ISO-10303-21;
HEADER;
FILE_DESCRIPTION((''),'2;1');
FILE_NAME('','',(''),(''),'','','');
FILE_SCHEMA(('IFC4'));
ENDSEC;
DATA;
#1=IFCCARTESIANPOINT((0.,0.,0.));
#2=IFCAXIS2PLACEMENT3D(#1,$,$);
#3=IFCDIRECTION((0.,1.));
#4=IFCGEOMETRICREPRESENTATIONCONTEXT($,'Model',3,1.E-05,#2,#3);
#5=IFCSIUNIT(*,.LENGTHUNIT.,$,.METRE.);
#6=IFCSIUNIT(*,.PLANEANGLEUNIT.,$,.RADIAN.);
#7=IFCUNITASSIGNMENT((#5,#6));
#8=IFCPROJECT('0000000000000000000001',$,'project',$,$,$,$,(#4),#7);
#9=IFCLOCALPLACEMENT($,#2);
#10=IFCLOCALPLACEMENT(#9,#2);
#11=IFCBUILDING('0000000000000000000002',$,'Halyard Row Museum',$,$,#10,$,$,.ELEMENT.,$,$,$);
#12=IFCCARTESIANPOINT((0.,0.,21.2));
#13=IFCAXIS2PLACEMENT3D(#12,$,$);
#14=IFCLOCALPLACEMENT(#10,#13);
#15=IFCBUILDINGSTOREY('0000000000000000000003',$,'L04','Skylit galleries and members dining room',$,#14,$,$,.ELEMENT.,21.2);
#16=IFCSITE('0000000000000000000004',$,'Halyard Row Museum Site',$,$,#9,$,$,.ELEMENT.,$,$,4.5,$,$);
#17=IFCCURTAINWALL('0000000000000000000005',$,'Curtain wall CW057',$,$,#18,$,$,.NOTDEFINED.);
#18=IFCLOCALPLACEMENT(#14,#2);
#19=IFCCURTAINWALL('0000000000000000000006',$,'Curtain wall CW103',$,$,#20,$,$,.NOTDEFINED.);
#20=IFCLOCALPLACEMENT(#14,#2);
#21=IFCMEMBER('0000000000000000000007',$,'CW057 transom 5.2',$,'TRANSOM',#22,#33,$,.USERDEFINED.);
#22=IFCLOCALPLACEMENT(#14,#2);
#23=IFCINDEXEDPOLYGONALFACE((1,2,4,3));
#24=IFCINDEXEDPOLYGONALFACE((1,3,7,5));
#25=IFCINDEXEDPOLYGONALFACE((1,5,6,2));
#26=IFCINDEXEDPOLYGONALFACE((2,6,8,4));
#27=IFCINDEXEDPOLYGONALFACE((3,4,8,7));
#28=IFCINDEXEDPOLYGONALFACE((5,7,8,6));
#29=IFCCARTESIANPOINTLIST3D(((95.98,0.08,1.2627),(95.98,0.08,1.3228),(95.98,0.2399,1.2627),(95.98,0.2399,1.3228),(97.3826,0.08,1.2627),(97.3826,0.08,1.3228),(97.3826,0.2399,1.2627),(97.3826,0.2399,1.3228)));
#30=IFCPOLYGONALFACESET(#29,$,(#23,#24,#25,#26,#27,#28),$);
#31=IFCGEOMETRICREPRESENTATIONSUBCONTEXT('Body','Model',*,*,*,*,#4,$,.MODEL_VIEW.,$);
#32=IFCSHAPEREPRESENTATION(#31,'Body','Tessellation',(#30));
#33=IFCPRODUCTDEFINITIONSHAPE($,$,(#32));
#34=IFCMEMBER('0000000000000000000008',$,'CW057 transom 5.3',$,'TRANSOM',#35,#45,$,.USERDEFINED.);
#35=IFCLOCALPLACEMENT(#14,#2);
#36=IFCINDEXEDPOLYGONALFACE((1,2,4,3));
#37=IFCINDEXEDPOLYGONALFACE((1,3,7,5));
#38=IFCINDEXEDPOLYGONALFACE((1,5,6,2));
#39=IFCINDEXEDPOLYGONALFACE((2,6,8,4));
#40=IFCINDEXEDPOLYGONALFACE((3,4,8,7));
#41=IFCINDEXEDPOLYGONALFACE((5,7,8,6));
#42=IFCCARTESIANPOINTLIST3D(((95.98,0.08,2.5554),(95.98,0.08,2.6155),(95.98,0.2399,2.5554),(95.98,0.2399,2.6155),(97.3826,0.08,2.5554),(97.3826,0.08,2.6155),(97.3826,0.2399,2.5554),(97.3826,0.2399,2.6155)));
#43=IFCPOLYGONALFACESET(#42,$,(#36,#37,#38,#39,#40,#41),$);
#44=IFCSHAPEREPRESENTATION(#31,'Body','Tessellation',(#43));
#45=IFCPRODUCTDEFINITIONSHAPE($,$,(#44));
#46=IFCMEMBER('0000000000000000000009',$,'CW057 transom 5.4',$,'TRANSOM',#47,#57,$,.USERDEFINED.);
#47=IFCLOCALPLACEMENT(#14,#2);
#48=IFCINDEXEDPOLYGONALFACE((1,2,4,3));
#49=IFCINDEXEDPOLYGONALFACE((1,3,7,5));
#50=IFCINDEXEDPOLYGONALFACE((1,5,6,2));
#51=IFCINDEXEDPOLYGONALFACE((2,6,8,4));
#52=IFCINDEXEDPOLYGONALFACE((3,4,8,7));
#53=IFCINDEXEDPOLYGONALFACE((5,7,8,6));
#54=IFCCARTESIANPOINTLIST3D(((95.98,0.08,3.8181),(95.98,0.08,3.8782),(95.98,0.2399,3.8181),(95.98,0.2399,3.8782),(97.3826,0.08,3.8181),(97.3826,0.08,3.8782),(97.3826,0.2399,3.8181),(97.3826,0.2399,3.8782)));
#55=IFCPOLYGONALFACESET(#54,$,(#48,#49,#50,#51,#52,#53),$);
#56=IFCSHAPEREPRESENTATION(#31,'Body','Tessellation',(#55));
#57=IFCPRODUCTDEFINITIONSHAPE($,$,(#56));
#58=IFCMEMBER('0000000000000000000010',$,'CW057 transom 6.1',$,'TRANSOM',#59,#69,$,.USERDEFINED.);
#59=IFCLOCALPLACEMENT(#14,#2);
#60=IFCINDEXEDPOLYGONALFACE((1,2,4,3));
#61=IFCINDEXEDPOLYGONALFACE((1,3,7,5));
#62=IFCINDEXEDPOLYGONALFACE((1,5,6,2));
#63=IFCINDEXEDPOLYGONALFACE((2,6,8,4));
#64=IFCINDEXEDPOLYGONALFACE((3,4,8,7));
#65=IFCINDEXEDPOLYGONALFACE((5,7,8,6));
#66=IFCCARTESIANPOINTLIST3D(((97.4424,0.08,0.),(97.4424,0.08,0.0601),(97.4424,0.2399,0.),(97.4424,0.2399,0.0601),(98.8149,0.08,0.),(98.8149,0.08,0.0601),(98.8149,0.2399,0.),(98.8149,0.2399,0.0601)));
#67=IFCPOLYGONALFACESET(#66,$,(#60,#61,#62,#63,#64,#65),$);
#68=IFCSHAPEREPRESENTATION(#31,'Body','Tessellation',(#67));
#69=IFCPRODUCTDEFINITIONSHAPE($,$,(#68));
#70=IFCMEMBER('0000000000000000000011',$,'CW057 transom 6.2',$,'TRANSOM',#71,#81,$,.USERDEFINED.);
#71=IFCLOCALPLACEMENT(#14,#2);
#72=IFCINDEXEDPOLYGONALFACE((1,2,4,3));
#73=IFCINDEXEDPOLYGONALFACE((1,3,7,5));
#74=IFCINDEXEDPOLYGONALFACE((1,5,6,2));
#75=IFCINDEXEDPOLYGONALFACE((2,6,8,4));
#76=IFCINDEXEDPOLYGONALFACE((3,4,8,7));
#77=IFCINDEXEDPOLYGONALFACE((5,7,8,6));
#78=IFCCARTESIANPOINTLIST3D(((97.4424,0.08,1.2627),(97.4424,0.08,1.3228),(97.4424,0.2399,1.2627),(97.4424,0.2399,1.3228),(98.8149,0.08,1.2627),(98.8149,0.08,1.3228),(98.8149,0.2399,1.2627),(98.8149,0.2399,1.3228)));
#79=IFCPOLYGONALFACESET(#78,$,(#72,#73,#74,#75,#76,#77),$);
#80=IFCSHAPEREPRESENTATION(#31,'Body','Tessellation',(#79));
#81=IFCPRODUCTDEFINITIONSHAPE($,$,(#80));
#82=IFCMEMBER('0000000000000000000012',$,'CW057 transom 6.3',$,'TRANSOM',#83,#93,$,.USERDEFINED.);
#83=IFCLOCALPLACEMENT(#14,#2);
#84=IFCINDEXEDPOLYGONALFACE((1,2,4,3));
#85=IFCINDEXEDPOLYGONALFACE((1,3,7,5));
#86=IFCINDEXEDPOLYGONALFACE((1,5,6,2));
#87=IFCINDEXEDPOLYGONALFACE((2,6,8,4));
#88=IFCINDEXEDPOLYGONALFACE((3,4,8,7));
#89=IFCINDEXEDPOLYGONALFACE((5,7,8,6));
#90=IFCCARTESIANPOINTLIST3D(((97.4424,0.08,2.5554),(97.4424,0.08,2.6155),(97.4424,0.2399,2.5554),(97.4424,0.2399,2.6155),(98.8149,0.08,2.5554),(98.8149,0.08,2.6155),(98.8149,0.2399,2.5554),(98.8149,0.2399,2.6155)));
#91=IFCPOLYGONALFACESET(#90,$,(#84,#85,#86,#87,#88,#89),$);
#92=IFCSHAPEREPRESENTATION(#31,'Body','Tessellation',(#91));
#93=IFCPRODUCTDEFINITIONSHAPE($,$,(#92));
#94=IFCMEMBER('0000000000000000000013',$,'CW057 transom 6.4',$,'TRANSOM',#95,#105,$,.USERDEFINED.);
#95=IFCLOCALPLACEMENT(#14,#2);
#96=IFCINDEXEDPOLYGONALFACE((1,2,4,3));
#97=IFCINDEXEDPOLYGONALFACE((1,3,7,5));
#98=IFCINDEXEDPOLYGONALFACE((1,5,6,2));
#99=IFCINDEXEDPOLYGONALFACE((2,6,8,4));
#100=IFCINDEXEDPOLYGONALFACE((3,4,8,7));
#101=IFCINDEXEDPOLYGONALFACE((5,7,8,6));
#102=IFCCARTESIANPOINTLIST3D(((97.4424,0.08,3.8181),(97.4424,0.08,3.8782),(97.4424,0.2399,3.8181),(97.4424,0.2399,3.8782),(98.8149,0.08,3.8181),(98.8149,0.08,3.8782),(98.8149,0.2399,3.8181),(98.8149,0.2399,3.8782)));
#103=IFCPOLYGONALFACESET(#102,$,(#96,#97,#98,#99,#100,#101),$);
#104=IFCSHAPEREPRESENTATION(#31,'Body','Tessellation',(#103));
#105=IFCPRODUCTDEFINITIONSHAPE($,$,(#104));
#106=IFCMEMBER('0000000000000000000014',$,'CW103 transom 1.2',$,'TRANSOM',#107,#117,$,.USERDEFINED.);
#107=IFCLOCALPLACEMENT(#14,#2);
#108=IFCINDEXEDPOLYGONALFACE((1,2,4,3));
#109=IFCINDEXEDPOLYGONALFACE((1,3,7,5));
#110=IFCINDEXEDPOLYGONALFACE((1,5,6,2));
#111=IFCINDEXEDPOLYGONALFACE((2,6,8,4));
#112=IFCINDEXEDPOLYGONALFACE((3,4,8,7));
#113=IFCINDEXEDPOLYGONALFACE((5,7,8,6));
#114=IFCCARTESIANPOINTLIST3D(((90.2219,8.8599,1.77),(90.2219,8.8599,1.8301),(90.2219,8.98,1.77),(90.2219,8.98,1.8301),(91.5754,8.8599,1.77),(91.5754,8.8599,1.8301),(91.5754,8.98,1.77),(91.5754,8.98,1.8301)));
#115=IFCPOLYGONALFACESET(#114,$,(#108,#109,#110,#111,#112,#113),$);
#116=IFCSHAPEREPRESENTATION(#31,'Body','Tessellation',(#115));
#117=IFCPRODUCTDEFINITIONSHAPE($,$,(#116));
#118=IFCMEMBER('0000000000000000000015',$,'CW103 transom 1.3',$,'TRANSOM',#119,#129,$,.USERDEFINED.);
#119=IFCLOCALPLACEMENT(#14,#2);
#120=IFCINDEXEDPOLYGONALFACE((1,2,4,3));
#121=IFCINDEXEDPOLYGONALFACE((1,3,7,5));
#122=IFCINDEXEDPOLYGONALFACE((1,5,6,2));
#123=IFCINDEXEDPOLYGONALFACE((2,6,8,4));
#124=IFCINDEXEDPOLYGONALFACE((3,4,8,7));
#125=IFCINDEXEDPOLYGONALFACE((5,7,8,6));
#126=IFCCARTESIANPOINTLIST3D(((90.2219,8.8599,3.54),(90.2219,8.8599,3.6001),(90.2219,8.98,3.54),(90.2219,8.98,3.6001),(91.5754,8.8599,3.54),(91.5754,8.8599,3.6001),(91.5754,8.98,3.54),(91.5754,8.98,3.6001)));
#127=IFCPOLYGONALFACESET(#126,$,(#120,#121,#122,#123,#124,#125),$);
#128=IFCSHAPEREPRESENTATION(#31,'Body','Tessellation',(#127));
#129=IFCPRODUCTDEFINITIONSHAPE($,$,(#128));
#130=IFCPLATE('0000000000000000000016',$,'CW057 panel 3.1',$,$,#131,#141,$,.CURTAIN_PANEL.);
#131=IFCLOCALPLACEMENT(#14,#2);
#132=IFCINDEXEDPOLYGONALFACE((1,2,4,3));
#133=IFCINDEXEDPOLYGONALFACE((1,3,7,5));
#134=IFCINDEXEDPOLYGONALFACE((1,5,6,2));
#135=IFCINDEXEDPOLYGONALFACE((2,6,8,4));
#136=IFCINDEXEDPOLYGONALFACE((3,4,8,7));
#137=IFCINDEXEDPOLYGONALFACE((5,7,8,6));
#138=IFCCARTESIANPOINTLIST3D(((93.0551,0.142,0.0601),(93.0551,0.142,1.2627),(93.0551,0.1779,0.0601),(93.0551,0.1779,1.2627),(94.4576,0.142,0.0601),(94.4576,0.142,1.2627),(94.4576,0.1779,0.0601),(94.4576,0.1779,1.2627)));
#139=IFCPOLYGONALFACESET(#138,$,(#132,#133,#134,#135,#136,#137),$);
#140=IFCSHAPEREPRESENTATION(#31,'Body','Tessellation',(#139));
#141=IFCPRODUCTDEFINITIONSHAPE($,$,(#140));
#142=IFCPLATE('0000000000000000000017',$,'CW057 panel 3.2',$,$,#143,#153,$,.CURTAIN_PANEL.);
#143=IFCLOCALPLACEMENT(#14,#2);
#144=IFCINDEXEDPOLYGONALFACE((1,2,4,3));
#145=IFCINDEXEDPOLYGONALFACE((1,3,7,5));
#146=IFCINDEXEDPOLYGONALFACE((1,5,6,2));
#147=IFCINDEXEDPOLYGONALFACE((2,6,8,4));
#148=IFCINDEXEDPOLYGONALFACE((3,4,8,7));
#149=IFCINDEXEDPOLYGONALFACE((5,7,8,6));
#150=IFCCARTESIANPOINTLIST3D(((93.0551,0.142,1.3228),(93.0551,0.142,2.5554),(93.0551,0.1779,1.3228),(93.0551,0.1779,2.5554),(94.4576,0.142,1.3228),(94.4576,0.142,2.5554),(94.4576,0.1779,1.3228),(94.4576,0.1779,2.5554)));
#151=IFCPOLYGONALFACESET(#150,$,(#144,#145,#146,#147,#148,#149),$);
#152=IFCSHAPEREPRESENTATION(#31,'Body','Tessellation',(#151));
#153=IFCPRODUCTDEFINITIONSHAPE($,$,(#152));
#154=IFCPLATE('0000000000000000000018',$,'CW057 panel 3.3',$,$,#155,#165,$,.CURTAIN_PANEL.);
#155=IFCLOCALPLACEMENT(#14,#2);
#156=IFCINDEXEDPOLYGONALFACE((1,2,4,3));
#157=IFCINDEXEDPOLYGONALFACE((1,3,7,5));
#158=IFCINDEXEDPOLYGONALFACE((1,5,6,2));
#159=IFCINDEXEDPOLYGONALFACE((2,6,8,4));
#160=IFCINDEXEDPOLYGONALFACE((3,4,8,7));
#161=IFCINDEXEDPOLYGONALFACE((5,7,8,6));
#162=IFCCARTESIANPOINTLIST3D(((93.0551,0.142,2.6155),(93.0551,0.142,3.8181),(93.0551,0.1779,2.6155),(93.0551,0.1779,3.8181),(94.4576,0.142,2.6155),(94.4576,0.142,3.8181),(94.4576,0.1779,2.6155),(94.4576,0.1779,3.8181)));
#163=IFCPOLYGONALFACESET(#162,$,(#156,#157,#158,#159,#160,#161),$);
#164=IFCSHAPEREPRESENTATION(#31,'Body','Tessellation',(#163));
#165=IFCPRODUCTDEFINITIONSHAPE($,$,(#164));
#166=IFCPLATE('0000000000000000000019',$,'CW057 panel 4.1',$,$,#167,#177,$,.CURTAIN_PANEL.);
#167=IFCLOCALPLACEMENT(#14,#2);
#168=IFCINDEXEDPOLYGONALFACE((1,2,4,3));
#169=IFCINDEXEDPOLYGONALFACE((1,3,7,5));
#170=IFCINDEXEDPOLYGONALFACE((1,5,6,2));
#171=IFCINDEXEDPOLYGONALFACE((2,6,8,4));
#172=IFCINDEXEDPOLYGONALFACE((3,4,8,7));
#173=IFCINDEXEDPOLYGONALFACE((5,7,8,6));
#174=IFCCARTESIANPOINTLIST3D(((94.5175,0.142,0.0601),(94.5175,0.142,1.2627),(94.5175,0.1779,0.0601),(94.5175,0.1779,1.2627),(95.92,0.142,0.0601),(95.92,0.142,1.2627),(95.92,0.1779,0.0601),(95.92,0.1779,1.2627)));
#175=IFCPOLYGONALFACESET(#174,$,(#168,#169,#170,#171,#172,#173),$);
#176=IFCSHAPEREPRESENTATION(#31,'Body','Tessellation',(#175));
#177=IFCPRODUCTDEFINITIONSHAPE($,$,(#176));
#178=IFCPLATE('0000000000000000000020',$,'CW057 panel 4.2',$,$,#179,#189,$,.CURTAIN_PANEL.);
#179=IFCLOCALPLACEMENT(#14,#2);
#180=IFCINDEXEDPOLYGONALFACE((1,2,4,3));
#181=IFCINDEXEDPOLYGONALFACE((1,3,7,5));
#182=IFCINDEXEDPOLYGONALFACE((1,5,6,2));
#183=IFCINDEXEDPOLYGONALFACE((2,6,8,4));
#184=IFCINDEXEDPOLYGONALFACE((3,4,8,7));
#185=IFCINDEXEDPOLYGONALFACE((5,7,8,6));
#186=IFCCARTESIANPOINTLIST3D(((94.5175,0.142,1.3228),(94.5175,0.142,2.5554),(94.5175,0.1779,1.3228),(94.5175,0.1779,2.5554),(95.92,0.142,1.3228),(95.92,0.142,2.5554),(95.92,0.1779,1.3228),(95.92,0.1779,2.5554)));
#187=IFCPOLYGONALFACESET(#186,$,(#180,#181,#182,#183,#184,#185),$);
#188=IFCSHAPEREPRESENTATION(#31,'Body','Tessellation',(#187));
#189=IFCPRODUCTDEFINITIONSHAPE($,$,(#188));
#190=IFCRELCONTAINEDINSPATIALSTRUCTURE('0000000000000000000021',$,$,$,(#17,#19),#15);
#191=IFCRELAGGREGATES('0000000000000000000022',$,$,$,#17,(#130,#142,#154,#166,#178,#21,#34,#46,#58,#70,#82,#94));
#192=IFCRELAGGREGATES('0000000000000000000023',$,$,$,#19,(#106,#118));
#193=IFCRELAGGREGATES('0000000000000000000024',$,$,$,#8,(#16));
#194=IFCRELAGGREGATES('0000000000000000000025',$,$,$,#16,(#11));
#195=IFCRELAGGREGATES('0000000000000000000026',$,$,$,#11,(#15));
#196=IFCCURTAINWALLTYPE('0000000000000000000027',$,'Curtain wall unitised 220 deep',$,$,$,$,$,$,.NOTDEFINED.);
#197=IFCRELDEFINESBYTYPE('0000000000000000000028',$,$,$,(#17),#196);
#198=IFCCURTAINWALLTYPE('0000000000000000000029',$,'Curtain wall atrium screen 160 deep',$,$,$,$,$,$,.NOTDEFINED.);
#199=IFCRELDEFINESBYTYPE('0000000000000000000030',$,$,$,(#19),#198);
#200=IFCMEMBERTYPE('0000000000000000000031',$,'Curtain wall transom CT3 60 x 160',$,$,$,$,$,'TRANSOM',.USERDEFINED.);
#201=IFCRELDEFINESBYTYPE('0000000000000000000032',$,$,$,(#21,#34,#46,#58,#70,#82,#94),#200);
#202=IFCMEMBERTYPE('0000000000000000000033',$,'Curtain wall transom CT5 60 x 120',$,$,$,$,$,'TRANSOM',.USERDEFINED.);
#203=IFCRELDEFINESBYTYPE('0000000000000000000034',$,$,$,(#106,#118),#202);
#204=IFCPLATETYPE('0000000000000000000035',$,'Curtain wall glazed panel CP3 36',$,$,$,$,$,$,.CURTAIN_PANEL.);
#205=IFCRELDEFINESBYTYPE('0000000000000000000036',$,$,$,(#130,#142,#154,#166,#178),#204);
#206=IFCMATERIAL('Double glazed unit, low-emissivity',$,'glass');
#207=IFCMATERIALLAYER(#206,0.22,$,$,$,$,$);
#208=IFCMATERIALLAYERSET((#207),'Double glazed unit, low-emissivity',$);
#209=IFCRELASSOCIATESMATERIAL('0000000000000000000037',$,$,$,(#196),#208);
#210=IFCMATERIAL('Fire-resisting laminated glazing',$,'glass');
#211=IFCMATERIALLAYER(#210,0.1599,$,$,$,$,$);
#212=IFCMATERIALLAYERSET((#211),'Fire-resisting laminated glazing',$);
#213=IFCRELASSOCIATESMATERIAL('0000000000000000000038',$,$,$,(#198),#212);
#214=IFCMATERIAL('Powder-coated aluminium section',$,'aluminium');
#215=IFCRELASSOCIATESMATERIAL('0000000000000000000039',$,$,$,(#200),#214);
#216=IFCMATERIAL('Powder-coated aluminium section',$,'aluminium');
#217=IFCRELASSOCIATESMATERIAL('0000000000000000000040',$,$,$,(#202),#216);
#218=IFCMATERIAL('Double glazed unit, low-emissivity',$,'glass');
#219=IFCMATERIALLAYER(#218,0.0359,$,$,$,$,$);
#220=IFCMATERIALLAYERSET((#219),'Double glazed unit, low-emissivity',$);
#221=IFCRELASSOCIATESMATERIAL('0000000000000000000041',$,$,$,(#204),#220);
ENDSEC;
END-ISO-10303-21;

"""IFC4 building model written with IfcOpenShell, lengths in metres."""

from ifc_helpers import new_model, si_unit, direction, frame, origin, origin_2d, place, context, subcontext, project, spatial, rectangle, extrude, material, layer, layer_set, material_profile, profile_set, type_object, element, aggregate, save


model = new_model("IFC4")

# Units and contexts
model_context = context("Model", 3, precision=1e-05, world=origin(), true_north=direction((0.0, 1.0)))
body_context = subcontext(model_context, "Body", "Model", "MODEL_VIEW")
ifc_project = project(units=[si_unit("LENGTHUNIT", "METRE"), si_unit("PLANEANGLEUNIT", "RADIAN")], contexts=[model_context])

# Site, building, storey
site_placement = place(None, origin())
site = spatial("IfcSite", under=ifc_project, at=site_placement, Name="Halyard Row Museum Site", CompositionType="ELEMENT", RefElevation=4.5)
building_placement = place(site_placement, origin())
building = spatial("IfcBuilding", under=site, at=building_placement, Name="Halyard Row Museum", CompositionType="ELEMENT")
storey_placement = place(building_placement, frame((0.0, 0.0, 21.2)))
storey = spatial("IfcBuildingStorey", under=building, at=storey_placement, Name="L04", Description="Skylit galleries and members dining room", CompositionType="ELEMENT", Elevation=21.2)

# Curtain wall
ifc_material_1 = material(Name="Double glazed unit, low-emissivity", Category="glass")
ifc_layer_1 = layer(ifc_material_1, 0.22)
ifc_layer_set_1 = layer_set([ifc_layer_1], Name="Double glazed unit, low-emissivity")
curtain_wall_type_1 = type_object("IfcCurtainWallType", Name="Curtain wall unitised 220 deep", PredefinedType="NOTDEFINED", material=ifc_layer_set_1)
curtain_wall_1_placement = place(storey_placement, origin())
curtain_wall_1 = element("IfcCurtainWall", 1, at=curtain_wall_1_placement, inside=storey, type_object=curtain_wall_type_1, Name="Curtain wall CW057", PredefinedType="NOTDEFINED")

# Curtain wall
ifc_material_2 = material(Name="Fire-resisting laminated glazing", Category="glass")
ifc_layer_2 = layer(ifc_material_2, 0.1599)
ifc_layer_set_2 = layer_set([ifc_layer_2], Name="Fire-resisting laminated glazing")
curtain_wall_type_2 = type_object("IfcCurtainWallType", Name="Curtain wall atrium screen 160 deep", PredefinedType="NOTDEFINED", material=ifc_layer_set_2)
curtain_wall_2_placement = place(storey_placement, origin())
curtain_wall_2 = element("IfcCurtainWall", 2, at=curtain_wall_2_placement, inside=storey, type_object=curtain_wall_type_2, Name="Curtain wall CW103", PredefinedType="NOTDEFINED")

# Members
ifc_material_3 = material(Name="Powder-coated aluminium section", Category="aluminium")
ifc_material_profile_1 = material_profile(ifc_material_3, rectangle(XDim=0.1599, YDim=0.0601, at=origin_2d()), Name="160x60 transom")
ifc_profile_set_1 = profile_set([ifc_material_profile_1], Name="Powder-coated aluminium section")
member_type_1 = type_object("IfcMemberType", Name="Curtain wall transom CT3 60 x 160", ElementType="TRANSOM", PredefinedType="USERDEFINED", material=ifc_profile_set_1)
member_1_placement = place(storey_placement, frame((95.98, 0.1599, 1.2927), z_axis=(1.0, 0.0, 0.0), x_axis=(0.0, 1.0, 0.0)))
member_1 = element("IfcMember", 3, at=member_1_placement, type_object=member_type_1, Name="CW057 transom 5.2", ObjectType="TRANSOM", PredefinedType="USERDEFINED", context=body_context, shape_type="SweptSolid", body=[
    extrude(rectangle(XDim=0.1599, YDim=0.0601, at=origin_2d()), origin(), (0.0, 0.0, 1.0), 1.4026),
])
member_2_placement = place(storey_placement, frame((95.98, 0.1599, 2.5854), z_axis=(1.0, 0.0, 0.0), x_axis=(0.0, 1.0, 0.0)))
member_2 = element("IfcMember", 4, at=member_2_placement, type_object=member_type_1, Name="CW057 transom 5.3", ObjectType="TRANSOM", PredefinedType="USERDEFINED", context=body_context, shape_type="SweptSolid", body=[
    extrude(rectangle(XDim=0.1599, YDim=0.0601, at=origin_2d()), origin(), (0.0, 0.0, 1.0), 1.4026),
])
member_3_placement = place(storey_placement, frame((95.98, 0.1599, 3.8481), z_axis=(1.0, 0.0, 0.0), x_axis=(0.0, 1.0, 0.0)))
member_3 = element("IfcMember", 5, at=member_3_placement, type_object=member_type_1, Name="CW057 transom 5.4", ObjectType="TRANSOM", PredefinedType="USERDEFINED", context=body_context, shape_type="SweptSolid", body=[
    extrude(rectangle(XDim=0.1599, YDim=0.0601, at=origin_2d()), origin(), (0.0, 0.0, 1.0), 1.4026),
])
member_4_placement = place(storey_placement, frame((97.4424, 0.1599, 0.03), z_axis=(1.0, 0.0, 0.0), x_axis=(0.0, 1.0, 0.0)))
member_4 = element("IfcMember", 6, at=member_4_placement, type_object=member_type_1, Name="CW057 transom 6.1", ObjectType="TRANSOM", PredefinedType="USERDEFINED", context=body_context, shape_type="SweptSolid", body=[
    extrude(rectangle(XDim=0.1599, YDim=0.0601, at=origin_2d()), origin(), (0.0, 0.0, 1.0), 1.3726),
])
member_5_placement = place(storey_placement, frame((97.4424, 0.1599, 1.2927), z_axis=(1.0, 0.0, 0.0), x_axis=(0.0, 1.0, 0.0)))
member_5 = element("IfcMember", 7, at=member_5_placement, type_object=member_type_1, Name="CW057 transom 6.2", ObjectType="TRANSOM", PredefinedType="USERDEFINED", context=body_context, shape_type="SweptSolid", body=[
    extrude(rectangle(XDim=0.1599, YDim=0.0601, at=origin_2d()), origin(), (0.0, 0.0, 1.0), 1.3726),
])
member_6_placement = place(storey_placement, frame((97.4424, 0.1599, 2.5854), z_axis=(1.0, 0.0, 0.0), x_axis=(0.0, 1.0, 0.0)))
member_6 = element("IfcMember", 8, at=member_6_placement, type_object=member_type_1, Name="CW057 transom 6.3", ObjectType="TRANSOM", PredefinedType="USERDEFINED", context=body_context, shape_type="SweptSolid", body=[
    extrude(rectangle(XDim=0.1599, YDim=0.0601, at=origin_2d()), origin(), (0.0, 0.0, 1.0), 1.3726),
])
member_7_placement = place(storey_placement, frame((97.4424, 0.1599, 3.8481), z_axis=(1.0, 0.0, 0.0), x_axis=(0.0, 1.0, 0.0)))
member_7 = element("IfcMember", 9, at=member_7_placement, type_object=member_type_1, Name="CW057 transom 6.4", ObjectType="TRANSOM", PredefinedType="USERDEFINED", context=body_context, shape_type="SweptSolid", body=[
    extrude(rectangle(XDim=0.1599, YDim=0.0601, at=origin_2d()), origin(), (0.0, 0.0, 1.0), 1.3726),
])
ifc_material_4 = material(Name="Powder-coated aluminium section", Category="aluminium")
ifc_material_profile_2 = material_profile(ifc_material_4, rectangle(XDim=0.1201, YDim=0.0601, at=origin_2d()), Name="120x60 transom")
ifc_profile_set_2 = profile_set([ifc_material_profile_2], Name="Powder-coated aluminium section")
member_type_2 = type_object("IfcMemberType", Name="Curtain wall transom CT5 60 x 120", ElementType="TRANSOM", PredefinedType="USERDEFINED", material=ifc_profile_set_2)
member_8_placement = place(storey_placement, frame((90.2219, 8.9199, 1.8), z_axis=(1.0, 0.0, 0.0), x_axis=(0.0, 1.0, 0.0)))
member_8 = element("IfcMember", 10, at=member_8_placement, type_object=member_type_2, Name="CW103 transom 1.2", ObjectType="TRANSOM", PredefinedType="USERDEFINED", context=body_context, shape_type="SweptSolid", body=[
    extrude(rectangle(XDim=0.1201, YDim=0.0601, at=origin_2d()), origin(), (0.0, 0.0, 1.0), 1.3535),
])
member_9_placement = place(storey_placement, frame((90.2219, 8.9199, 3.5701), z_axis=(1.0, 0.0, 0.0), x_axis=(0.0, 1.0, 0.0)))
member_9 = element("IfcMember", 11, at=member_9_placement, type_object=member_type_2, Name="CW103 transom 1.3", ObjectType="TRANSOM", PredefinedType="USERDEFINED", context=body_context, shape_type="SweptSolid", body=[
    extrude(rectangle(XDim=0.1201, YDim=0.0601, at=origin_2d()), origin(), (0.0, 0.0, 1.0), 1.3535),
])

# Plates
ifc_material_5 = material(Name="Double glazed unit, low-emissivity", Category="glass")
ifc_layer_3 = layer(ifc_material_5, 0.0359)
ifc_layer_set_3 = layer_set([ifc_layer_3], Name="Double glazed unit, low-emissivity")
plate_type_1 = type_object("IfcPlateType", Name="Curtain wall glazed panel CP3 36", PredefinedType="CURTAIN_PANEL", material=ifc_layer_set_3)
plate_1_placement = place(storey_placement, frame((93.7563, 0.1599, 0.0601), z_axis=(0.0, 0.0, 1.0), x_axis=(1.0, 0.0, 0.0)))
plate_1 = element("IfcPlate", 12, at=plate_1_placement, type_object=plate_type_1, Name="CW057 panel 3.1", PredefinedType="CURTAIN_PANEL", context=body_context, shape_type="SweptSolid", body=[
    extrude(rectangle(XDim=1.4026, YDim=0.0359, at=origin_2d()), origin(), (0.0, 0.0, 1.0), 1.2026),
])
plate_2_placement = place(storey_placement, frame((93.7563, 0.1599, 1.3228), z_axis=(0.0, 0.0, 1.0), x_axis=(1.0, 0.0, 0.0)))
plate_2 = element("IfcPlate", 13, at=plate_2_placement, type_object=plate_type_1, Name="CW057 panel 3.2", PredefinedType="CURTAIN_PANEL", context=body_context, shape_type="SweptSolid", body=[
    extrude(rectangle(XDim=1.4026, YDim=0.0359, at=origin_2d()), origin(), (0.0, 0.0, 1.0), 1.2327),
])
plate_3_placement = place(storey_placement, frame((93.7563, 0.1599, 2.6155), z_axis=(0.0, 0.0, 1.0), x_axis=(1.0, 0.0, 0.0)))
plate_3 = element("IfcPlate", 14, at=plate_3_placement, type_object=plate_type_1, Name="CW057 panel 3.3", PredefinedType="CURTAIN_PANEL", context=body_context, shape_type="SweptSolid", body=[
    extrude(rectangle(XDim=1.4026, YDim=0.0359, at=origin_2d()), origin(), (0.0, 0.0, 1.0), 1.2026),
])
plate_4_placement = place(storey_placement, frame((95.2188, 0.1599, 0.0601), z_axis=(0.0, 0.0, 1.0), x_axis=(1.0, 0.0, 0.0)))
plate_4 = element("IfcPlate", 15, at=plate_4_placement, type_object=plate_type_1, Name="CW057 panel 4.1", PredefinedType="CURTAIN_PANEL", context=body_context, shape_type="SweptSolid", body=[
    extrude(rectangle(XDim=1.4026, YDim=0.0359, at=origin_2d()), origin(), (0.0, 0.0, 1.0), 1.2026),
])
plate_5_placement = place(storey_placement, frame((95.2188, 0.1599, 1.3228), z_axis=(0.0, 0.0, 1.0), x_axis=(1.0, 0.0, 0.0)))
plate_5 = element("IfcPlate", 16, at=plate_5_placement, type_object=plate_type_1, Name="CW057 panel 4.2", PredefinedType="CURTAIN_PANEL", context=body_context, shape_type="SweptSolid", body=[
    extrude(rectangle(XDim=1.4026, YDim=0.0359, at=origin_2d()), origin(), (0.0, 0.0, 1.0), 1.2327),
])
aggregate(curtain_wall_1, [plate_1, plate_2, plate_3, plate_4, plate_5, member_1, member_2, member_3, member_4, member_5, member_6, member_7])
aggregate(curtain_wall_2, [member_8, member_9])

save(model, "model.ifc")
